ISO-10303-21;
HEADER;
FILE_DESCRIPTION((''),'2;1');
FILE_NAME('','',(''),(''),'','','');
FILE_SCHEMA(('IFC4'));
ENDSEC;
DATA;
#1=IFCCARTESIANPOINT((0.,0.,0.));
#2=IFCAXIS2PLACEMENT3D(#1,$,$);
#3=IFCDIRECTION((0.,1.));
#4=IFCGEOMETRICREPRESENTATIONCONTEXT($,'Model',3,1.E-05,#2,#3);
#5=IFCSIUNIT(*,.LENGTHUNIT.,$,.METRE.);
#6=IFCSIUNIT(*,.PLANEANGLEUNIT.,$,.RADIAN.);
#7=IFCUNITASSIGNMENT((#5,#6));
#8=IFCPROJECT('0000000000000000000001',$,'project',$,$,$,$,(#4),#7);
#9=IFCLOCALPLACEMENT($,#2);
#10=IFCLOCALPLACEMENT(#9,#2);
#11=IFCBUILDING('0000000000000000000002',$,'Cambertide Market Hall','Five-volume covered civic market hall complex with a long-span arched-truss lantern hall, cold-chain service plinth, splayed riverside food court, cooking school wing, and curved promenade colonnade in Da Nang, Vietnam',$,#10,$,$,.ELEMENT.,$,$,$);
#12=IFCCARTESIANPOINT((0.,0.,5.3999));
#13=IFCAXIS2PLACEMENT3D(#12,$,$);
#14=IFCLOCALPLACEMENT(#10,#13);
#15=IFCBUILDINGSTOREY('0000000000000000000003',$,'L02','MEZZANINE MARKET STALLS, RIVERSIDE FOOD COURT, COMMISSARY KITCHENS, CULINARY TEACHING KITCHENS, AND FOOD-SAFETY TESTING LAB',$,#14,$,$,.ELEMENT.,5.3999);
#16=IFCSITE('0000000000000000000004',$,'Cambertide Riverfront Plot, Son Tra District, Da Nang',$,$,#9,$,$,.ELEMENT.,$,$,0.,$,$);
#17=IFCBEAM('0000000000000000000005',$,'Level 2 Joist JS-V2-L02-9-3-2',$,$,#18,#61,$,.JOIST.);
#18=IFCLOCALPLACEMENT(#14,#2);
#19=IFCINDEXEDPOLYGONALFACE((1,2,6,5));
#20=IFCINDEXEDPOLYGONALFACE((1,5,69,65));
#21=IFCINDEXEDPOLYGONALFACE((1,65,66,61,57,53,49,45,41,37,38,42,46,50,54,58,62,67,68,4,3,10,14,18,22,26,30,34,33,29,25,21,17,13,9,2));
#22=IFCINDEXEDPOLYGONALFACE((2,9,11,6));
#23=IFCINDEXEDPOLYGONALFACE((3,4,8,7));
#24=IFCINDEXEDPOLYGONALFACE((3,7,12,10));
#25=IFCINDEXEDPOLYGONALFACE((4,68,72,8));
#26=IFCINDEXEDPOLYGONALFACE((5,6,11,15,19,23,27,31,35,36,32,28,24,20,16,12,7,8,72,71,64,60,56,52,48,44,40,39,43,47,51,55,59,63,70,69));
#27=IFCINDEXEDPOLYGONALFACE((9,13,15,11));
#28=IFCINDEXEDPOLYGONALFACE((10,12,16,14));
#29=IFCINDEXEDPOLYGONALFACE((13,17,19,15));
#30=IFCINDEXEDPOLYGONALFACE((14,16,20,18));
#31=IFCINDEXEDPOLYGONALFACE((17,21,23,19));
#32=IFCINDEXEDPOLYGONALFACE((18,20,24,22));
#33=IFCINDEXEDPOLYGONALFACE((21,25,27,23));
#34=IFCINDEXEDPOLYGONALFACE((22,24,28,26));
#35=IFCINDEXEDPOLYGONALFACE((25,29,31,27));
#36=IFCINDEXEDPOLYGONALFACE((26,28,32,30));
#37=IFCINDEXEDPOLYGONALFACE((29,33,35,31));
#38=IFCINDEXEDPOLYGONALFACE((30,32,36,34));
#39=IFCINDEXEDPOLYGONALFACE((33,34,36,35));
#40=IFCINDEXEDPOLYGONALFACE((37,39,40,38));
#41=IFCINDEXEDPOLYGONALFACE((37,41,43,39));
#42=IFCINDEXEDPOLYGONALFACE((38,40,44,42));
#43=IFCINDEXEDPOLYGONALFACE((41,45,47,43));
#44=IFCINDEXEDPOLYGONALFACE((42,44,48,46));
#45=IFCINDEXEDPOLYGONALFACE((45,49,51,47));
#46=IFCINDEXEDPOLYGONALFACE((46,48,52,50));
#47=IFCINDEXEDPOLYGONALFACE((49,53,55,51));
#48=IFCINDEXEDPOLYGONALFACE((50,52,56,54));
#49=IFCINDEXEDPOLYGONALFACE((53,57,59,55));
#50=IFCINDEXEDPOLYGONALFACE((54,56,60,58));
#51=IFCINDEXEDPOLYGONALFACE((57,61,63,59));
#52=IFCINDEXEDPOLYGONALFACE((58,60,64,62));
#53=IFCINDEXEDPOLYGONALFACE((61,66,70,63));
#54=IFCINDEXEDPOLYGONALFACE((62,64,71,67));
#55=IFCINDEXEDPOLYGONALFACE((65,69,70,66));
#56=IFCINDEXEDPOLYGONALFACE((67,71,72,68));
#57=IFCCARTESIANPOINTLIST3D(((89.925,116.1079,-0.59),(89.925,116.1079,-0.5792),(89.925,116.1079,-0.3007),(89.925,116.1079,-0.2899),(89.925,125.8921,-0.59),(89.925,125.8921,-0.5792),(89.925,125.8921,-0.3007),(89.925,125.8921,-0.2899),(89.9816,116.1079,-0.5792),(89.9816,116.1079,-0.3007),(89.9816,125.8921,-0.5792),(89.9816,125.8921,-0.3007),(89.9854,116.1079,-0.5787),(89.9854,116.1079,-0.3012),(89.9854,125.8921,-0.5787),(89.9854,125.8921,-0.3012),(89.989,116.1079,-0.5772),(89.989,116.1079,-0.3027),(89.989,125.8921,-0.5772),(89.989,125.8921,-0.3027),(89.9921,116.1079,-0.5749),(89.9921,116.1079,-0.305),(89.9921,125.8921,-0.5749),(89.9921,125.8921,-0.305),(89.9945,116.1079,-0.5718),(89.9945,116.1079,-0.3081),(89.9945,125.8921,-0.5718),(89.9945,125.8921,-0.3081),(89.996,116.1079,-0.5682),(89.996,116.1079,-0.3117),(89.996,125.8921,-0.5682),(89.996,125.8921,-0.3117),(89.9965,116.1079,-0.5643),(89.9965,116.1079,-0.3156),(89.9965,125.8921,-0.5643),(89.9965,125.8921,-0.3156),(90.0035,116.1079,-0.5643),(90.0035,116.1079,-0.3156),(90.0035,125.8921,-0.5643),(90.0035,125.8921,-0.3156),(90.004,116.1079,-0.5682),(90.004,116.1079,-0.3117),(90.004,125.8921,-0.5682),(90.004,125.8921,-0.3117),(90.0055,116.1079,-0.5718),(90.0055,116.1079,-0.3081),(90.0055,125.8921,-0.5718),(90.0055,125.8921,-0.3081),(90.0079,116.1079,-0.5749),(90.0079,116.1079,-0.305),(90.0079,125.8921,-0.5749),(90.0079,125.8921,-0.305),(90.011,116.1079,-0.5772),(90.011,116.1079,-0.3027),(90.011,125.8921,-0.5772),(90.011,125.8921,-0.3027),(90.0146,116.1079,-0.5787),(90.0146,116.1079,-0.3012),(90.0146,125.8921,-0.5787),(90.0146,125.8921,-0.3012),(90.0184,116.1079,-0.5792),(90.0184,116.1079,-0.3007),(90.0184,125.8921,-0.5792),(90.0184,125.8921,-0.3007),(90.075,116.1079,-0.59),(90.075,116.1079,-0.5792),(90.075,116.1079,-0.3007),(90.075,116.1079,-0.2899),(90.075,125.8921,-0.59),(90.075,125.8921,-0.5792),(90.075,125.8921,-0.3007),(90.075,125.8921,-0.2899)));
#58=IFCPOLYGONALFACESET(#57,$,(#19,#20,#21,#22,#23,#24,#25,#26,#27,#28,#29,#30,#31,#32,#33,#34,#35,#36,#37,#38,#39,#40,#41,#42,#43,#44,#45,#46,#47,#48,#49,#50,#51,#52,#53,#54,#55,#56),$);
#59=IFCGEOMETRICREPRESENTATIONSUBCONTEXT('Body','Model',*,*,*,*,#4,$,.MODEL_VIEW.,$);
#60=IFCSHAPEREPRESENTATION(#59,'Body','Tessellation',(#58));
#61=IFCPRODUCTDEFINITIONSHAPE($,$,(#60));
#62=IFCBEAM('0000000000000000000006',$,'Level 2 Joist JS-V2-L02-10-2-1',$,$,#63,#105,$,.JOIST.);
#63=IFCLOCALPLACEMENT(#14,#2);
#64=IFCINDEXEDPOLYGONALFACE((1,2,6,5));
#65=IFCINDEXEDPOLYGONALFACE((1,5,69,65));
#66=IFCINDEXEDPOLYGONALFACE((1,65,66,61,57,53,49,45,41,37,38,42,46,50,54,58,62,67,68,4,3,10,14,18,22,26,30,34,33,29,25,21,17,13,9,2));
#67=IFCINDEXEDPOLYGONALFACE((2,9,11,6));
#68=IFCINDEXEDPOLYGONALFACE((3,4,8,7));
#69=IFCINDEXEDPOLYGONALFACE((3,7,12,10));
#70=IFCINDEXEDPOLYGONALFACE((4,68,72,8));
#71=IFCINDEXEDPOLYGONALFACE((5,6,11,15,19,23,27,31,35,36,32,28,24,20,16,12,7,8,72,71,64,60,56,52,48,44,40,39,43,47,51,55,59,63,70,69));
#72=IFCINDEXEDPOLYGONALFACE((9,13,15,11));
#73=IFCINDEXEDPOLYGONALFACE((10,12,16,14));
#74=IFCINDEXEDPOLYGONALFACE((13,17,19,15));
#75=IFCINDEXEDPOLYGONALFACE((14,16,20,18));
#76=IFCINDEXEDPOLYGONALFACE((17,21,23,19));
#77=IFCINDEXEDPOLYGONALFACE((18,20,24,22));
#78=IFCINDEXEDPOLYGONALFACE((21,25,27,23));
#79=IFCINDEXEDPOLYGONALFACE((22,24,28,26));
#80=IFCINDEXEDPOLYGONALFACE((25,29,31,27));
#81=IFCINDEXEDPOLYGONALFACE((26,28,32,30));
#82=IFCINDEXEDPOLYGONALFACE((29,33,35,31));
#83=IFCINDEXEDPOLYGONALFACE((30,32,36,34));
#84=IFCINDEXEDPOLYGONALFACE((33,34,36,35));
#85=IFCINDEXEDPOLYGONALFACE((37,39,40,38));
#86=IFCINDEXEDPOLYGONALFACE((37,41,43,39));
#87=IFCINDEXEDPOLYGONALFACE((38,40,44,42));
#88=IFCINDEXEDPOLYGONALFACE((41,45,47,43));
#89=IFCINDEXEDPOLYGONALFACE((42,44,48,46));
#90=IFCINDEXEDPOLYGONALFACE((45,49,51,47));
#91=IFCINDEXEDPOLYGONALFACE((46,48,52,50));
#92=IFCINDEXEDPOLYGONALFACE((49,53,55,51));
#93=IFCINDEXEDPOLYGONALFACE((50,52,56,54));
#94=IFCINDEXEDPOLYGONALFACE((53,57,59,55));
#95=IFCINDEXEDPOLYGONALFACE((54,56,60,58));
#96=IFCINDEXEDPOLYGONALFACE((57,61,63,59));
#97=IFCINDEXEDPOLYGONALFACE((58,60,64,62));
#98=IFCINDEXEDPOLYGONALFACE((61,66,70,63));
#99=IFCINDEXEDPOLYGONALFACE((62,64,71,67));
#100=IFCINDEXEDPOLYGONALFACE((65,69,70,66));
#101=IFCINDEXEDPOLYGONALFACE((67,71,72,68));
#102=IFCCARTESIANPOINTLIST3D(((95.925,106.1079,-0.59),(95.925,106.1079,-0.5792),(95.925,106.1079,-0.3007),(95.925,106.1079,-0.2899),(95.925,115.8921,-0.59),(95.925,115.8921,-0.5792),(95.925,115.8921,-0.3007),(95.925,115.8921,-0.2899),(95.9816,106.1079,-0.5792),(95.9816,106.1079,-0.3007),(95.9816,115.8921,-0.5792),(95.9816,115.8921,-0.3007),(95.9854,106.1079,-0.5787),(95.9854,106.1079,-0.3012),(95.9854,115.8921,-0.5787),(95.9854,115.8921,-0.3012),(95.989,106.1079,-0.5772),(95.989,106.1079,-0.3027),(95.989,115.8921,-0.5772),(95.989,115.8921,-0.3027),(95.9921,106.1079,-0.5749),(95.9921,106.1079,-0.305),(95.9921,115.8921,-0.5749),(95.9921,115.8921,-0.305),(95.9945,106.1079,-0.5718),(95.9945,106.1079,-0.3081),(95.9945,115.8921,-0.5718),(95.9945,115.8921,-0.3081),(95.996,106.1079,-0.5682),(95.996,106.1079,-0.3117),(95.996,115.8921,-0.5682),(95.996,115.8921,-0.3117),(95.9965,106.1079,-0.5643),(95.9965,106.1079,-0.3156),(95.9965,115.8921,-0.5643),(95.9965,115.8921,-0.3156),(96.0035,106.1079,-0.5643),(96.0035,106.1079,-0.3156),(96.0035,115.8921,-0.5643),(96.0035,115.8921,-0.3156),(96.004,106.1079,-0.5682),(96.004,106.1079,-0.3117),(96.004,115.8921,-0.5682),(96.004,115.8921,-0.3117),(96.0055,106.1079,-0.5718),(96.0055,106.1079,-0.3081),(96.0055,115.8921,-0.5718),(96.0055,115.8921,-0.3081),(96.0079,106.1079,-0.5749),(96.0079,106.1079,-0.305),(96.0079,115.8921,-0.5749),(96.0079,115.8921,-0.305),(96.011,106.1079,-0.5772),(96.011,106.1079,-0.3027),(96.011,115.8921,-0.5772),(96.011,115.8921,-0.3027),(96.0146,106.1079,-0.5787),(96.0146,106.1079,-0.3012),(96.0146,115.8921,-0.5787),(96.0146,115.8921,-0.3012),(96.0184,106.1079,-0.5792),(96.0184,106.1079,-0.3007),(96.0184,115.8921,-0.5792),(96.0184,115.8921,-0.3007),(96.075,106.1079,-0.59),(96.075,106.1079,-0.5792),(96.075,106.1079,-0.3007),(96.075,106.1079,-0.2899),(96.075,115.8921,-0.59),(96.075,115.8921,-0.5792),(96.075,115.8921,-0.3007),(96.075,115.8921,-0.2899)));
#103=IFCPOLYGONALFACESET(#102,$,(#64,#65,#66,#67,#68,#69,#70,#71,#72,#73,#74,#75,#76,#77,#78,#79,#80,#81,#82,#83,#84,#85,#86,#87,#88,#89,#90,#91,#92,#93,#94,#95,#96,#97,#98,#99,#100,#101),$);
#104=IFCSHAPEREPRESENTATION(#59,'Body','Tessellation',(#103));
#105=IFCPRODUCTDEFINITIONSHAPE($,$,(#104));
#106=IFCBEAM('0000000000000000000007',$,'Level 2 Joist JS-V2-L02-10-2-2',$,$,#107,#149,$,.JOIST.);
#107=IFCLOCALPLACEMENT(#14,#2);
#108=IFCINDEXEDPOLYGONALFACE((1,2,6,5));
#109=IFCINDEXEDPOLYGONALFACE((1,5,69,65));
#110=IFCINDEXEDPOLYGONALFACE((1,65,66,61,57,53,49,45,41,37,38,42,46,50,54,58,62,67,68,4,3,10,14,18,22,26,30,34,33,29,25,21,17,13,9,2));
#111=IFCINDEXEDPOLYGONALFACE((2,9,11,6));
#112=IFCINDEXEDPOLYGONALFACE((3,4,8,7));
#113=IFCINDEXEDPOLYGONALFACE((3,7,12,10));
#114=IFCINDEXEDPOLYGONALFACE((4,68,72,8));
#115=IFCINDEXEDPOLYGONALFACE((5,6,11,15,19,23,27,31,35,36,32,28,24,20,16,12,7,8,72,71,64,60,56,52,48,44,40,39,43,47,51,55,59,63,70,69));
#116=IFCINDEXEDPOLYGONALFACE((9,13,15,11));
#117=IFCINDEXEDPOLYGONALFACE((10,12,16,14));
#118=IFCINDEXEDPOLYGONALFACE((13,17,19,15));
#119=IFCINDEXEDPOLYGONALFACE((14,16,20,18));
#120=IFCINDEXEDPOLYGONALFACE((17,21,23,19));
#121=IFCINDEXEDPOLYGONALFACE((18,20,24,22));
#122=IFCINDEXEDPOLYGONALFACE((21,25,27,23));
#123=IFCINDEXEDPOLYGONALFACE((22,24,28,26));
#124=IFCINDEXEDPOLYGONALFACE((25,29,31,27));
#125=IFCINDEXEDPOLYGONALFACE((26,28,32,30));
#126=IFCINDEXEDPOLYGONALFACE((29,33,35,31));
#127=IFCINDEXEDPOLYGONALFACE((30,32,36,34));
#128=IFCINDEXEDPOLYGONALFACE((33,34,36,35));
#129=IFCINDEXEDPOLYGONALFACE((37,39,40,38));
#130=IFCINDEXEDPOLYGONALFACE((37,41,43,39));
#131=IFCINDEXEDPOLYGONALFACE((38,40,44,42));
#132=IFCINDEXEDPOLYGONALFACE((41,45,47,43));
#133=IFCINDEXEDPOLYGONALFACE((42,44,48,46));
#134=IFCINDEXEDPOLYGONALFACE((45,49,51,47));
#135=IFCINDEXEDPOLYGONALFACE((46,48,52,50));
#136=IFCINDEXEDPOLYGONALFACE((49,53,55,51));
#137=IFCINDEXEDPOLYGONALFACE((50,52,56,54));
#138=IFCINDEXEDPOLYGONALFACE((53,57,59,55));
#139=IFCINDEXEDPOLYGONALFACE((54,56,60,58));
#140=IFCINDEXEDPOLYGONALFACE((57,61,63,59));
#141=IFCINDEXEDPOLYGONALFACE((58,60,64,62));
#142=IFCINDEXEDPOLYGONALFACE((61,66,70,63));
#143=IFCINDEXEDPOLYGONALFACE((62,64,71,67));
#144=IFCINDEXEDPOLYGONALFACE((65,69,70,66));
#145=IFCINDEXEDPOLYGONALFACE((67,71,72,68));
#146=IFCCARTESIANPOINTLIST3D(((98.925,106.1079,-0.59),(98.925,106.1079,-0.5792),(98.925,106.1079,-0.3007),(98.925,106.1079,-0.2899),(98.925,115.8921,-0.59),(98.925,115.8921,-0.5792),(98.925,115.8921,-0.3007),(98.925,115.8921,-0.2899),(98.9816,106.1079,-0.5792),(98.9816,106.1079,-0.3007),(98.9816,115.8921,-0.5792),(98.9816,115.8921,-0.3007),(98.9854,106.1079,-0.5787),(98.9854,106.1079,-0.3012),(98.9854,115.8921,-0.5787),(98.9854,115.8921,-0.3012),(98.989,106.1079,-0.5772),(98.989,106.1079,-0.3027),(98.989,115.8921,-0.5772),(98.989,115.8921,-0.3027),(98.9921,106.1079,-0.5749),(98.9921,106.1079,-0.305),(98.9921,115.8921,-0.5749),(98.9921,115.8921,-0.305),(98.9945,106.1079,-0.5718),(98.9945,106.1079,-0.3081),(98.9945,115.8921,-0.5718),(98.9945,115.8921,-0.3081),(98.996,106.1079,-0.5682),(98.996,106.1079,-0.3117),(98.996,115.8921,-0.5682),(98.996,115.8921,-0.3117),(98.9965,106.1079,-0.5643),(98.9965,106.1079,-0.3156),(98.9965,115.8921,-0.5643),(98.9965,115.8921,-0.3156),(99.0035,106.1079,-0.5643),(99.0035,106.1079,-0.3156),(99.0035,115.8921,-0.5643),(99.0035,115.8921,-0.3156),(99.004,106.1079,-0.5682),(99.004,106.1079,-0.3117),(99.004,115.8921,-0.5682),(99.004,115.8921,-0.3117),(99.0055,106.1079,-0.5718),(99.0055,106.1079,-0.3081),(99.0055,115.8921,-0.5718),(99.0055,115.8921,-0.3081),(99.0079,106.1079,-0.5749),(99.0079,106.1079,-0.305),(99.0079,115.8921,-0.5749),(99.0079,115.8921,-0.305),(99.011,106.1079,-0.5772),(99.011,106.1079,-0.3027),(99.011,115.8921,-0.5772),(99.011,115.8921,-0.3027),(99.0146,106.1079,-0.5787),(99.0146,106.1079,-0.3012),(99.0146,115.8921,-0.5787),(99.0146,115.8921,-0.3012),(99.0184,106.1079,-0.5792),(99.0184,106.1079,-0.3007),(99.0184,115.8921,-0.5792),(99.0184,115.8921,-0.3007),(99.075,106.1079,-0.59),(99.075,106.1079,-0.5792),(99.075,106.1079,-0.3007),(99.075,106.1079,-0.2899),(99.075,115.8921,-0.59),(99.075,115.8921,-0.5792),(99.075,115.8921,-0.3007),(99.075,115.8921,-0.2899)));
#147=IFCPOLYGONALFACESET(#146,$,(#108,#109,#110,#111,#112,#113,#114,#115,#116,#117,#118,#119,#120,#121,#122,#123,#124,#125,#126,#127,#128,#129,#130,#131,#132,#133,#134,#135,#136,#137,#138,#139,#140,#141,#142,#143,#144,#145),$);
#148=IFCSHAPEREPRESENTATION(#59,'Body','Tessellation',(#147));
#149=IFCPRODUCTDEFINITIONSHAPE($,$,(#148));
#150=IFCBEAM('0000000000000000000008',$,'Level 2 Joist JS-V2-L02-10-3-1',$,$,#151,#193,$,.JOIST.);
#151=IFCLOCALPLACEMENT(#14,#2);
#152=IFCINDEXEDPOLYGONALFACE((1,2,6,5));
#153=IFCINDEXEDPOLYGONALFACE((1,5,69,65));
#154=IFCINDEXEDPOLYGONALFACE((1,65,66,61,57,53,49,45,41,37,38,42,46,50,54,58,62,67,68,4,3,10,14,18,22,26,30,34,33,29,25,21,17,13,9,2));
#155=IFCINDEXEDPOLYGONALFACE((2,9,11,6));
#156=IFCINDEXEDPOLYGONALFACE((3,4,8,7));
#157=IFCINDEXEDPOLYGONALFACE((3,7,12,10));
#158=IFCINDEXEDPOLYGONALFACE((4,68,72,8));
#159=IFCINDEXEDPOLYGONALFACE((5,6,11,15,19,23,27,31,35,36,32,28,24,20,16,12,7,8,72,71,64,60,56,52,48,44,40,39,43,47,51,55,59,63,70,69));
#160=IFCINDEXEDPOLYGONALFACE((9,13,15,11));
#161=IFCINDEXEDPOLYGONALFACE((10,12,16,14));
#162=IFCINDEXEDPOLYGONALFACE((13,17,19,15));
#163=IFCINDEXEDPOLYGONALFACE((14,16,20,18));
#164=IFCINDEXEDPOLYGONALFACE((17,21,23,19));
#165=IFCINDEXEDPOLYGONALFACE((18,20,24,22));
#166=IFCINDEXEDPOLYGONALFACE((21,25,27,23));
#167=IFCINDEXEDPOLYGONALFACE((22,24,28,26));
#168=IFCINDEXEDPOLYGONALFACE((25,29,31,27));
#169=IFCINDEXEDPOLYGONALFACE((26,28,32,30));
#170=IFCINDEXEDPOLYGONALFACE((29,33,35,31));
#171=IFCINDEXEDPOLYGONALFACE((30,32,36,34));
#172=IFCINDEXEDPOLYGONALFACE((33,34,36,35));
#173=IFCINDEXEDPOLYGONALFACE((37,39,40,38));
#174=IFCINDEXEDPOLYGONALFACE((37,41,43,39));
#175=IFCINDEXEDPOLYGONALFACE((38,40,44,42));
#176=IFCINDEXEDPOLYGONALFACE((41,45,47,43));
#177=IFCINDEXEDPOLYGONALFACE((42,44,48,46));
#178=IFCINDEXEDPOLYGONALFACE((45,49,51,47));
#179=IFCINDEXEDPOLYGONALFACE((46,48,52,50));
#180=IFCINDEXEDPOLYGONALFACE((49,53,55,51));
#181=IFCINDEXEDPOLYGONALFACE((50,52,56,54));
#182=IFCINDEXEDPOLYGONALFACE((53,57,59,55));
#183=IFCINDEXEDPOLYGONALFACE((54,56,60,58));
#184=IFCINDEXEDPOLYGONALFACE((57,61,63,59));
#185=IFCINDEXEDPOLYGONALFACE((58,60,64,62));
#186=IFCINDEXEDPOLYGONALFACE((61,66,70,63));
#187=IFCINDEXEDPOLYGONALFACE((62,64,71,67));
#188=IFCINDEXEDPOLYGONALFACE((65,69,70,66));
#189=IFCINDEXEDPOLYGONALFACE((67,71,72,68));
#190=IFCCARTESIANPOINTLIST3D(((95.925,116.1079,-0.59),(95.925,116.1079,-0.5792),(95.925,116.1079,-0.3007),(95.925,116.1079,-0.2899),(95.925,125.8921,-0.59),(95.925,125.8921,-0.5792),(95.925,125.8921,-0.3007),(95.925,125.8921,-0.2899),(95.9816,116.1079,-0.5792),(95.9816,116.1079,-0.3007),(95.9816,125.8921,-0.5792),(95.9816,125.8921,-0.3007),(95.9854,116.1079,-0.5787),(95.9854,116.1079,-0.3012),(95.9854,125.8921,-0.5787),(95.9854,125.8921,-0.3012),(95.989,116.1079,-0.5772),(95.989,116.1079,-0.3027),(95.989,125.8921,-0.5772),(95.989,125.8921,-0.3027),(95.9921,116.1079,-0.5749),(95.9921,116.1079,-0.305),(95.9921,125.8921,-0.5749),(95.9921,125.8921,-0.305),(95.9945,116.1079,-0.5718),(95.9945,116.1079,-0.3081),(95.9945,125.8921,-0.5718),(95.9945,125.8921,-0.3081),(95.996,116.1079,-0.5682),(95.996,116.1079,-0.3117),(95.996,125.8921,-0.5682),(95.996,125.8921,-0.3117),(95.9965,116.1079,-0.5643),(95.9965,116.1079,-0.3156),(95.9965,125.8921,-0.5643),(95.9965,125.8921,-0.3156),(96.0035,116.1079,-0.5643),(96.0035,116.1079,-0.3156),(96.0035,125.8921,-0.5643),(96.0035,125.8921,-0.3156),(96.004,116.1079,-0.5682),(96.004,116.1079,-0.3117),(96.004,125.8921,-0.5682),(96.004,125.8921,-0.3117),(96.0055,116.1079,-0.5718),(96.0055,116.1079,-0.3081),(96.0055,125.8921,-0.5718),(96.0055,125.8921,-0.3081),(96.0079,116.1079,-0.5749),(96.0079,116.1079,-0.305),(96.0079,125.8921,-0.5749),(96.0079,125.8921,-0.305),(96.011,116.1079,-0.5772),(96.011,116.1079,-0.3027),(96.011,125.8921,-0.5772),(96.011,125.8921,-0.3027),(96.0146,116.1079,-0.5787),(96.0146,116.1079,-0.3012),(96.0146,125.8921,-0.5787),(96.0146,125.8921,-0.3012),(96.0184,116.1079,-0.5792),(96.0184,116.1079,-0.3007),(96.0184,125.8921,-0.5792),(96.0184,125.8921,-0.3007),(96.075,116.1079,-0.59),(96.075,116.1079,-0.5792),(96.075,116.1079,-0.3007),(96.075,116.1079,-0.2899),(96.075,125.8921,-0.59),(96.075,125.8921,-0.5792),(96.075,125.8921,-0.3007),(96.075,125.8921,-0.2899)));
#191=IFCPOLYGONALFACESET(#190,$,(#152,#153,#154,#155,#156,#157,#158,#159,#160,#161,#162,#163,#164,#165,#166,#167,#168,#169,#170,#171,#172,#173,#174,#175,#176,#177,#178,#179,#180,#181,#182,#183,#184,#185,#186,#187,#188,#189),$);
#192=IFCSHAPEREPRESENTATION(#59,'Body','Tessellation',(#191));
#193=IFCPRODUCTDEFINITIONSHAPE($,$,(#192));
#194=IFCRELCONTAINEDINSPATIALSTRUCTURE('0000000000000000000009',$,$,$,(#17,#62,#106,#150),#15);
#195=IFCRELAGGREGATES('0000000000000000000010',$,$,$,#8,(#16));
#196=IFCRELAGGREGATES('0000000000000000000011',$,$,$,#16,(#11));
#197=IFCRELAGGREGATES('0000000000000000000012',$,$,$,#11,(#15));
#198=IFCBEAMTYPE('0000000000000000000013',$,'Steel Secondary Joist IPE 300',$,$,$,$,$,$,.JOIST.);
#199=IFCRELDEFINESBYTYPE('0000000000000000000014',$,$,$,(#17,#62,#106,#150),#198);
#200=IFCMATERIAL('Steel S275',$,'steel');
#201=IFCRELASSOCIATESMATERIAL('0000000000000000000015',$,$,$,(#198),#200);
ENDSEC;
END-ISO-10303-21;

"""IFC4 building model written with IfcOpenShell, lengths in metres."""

from ifc_helpers import new_model, si_unit, direction, frame, origin, origin_2d, place, context, subcontext, project, spatial, i_section, extrude, material, material_profile, profile_set, type_object, element, save


model = new_model("IFC4")

# Units and contexts
model_context = context("Model", 3, precision=1e-05, world=origin(), true_north=direction((0.0, 1.0)))
body_context = subcontext(model_context, "Body", "Model", "MODEL_VIEW")
ifc_project = project(units=[si_unit("LENGTHUNIT", "METRE"), si_unit("PLANEANGLEUNIT", "RADIAN")], contexts=[model_context])

# Site, building, storey
site_placement = place(None, origin())
site = spatial("IfcSite", under=ifc_project, at=site_placement, Name="Cambertide Riverfront Plot, Son Tra District, Da Nang", CompositionType="ELEMENT", RefElevation=0.0)
building_placement = place(site_placement, origin())
building = spatial("IfcBuilding", under=site, at=building_placement, Name="Cambertide Market Hall", Description="Five-volume covered civic market hall complex with a long-span arched-truss lantern hall, cold-chain service plinth, splayed riverside food court, cooking school wing, and curved promenade colonnade in Da Nang, Vietnam", CompositionType="ELEMENT")
storey_placement = place(building_placement, frame((0.0, 0.0, 5.3999)))
storey = spatial("IfcBuildingStorey", under=building, at=storey_placement, Name="L02", Description="MEZZANINE MARKET STALLS, RIVERSIDE FOOD COURT, COMMISSARY KITCHENS, CULINARY TEACHING KITCHENS, AND FOOD-SAFETY TESTING LAB", CompositionType="ELEMENT", Elevation=5.3999)

# Beams
ifc_material_1 = material(Name="Steel S275", Category="steel")
ifc_material_profile_1 = material_profile(ifc_material_1, i_section(OverallWidth=0.1499, OverallDepth=0.3, WebThickness=0.0071, FlangeThickness=0.0107, FilletRadius=0.0149, at=origin_2d()), Name="IPE 300")
ifc_profile_set_1 = profile_set([ifc_material_profile_1], Name="Steel S275")
beam_type_1 = type_object("IfcBeamType", Name="Steel Secondary Joist IPE 300", PredefinedType="JOIST", material=ifc_profile_set_1)
for number, where, z_axis, x_axis, name in (
    (1, (90.0, 116.1079, -0.4399), (0.0, 1.0, 0.0), (-1.0, 0.0, 0.0), "Level 2 Joist JS-V2-L02-9-3-2"),
    (2, (96.0, 106.1079, -0.4399), (0.0, 1.0, 0.0), (-1.0, 0.0, 0.0), "Level 2 Joist JS-V2-L02-10-2-1"),
    (3, (99.0, 106.1079, -0.4399), (0.0, 1.0, 0.0), (-1.0, 0.0, 0.0), "Level 2 Joist JS-V2-L02-10-2-2"),
    (4, (96.0, 116.1079, -0.4399), (0.0, 1.0, 0.0), (-1.0, 0.0, 0.0), "Level 2 Joist JS-V2-L02-10-3-1"),
):
    element("IfcBeam", number, at=place(storey_placement, frame(where, z_axis=z_axis, x_axis=x_axis)), inside=storey, type_object=beam_type_1, Name=name, PredefinedType="JOIST", context=body_context, shape_type="SweptSolid", body=[
        extrude(i_section(OverallWidth=0.1499, OverallDepth=0.3, WebThickness=0.0071, FlangeThickness=0.0107, FilletRadius=0.0149, at=origin_2d()), origin(), (0.0, 0.0, 1.0), 9.7842),
    ])

save(model, "model.ifc")
